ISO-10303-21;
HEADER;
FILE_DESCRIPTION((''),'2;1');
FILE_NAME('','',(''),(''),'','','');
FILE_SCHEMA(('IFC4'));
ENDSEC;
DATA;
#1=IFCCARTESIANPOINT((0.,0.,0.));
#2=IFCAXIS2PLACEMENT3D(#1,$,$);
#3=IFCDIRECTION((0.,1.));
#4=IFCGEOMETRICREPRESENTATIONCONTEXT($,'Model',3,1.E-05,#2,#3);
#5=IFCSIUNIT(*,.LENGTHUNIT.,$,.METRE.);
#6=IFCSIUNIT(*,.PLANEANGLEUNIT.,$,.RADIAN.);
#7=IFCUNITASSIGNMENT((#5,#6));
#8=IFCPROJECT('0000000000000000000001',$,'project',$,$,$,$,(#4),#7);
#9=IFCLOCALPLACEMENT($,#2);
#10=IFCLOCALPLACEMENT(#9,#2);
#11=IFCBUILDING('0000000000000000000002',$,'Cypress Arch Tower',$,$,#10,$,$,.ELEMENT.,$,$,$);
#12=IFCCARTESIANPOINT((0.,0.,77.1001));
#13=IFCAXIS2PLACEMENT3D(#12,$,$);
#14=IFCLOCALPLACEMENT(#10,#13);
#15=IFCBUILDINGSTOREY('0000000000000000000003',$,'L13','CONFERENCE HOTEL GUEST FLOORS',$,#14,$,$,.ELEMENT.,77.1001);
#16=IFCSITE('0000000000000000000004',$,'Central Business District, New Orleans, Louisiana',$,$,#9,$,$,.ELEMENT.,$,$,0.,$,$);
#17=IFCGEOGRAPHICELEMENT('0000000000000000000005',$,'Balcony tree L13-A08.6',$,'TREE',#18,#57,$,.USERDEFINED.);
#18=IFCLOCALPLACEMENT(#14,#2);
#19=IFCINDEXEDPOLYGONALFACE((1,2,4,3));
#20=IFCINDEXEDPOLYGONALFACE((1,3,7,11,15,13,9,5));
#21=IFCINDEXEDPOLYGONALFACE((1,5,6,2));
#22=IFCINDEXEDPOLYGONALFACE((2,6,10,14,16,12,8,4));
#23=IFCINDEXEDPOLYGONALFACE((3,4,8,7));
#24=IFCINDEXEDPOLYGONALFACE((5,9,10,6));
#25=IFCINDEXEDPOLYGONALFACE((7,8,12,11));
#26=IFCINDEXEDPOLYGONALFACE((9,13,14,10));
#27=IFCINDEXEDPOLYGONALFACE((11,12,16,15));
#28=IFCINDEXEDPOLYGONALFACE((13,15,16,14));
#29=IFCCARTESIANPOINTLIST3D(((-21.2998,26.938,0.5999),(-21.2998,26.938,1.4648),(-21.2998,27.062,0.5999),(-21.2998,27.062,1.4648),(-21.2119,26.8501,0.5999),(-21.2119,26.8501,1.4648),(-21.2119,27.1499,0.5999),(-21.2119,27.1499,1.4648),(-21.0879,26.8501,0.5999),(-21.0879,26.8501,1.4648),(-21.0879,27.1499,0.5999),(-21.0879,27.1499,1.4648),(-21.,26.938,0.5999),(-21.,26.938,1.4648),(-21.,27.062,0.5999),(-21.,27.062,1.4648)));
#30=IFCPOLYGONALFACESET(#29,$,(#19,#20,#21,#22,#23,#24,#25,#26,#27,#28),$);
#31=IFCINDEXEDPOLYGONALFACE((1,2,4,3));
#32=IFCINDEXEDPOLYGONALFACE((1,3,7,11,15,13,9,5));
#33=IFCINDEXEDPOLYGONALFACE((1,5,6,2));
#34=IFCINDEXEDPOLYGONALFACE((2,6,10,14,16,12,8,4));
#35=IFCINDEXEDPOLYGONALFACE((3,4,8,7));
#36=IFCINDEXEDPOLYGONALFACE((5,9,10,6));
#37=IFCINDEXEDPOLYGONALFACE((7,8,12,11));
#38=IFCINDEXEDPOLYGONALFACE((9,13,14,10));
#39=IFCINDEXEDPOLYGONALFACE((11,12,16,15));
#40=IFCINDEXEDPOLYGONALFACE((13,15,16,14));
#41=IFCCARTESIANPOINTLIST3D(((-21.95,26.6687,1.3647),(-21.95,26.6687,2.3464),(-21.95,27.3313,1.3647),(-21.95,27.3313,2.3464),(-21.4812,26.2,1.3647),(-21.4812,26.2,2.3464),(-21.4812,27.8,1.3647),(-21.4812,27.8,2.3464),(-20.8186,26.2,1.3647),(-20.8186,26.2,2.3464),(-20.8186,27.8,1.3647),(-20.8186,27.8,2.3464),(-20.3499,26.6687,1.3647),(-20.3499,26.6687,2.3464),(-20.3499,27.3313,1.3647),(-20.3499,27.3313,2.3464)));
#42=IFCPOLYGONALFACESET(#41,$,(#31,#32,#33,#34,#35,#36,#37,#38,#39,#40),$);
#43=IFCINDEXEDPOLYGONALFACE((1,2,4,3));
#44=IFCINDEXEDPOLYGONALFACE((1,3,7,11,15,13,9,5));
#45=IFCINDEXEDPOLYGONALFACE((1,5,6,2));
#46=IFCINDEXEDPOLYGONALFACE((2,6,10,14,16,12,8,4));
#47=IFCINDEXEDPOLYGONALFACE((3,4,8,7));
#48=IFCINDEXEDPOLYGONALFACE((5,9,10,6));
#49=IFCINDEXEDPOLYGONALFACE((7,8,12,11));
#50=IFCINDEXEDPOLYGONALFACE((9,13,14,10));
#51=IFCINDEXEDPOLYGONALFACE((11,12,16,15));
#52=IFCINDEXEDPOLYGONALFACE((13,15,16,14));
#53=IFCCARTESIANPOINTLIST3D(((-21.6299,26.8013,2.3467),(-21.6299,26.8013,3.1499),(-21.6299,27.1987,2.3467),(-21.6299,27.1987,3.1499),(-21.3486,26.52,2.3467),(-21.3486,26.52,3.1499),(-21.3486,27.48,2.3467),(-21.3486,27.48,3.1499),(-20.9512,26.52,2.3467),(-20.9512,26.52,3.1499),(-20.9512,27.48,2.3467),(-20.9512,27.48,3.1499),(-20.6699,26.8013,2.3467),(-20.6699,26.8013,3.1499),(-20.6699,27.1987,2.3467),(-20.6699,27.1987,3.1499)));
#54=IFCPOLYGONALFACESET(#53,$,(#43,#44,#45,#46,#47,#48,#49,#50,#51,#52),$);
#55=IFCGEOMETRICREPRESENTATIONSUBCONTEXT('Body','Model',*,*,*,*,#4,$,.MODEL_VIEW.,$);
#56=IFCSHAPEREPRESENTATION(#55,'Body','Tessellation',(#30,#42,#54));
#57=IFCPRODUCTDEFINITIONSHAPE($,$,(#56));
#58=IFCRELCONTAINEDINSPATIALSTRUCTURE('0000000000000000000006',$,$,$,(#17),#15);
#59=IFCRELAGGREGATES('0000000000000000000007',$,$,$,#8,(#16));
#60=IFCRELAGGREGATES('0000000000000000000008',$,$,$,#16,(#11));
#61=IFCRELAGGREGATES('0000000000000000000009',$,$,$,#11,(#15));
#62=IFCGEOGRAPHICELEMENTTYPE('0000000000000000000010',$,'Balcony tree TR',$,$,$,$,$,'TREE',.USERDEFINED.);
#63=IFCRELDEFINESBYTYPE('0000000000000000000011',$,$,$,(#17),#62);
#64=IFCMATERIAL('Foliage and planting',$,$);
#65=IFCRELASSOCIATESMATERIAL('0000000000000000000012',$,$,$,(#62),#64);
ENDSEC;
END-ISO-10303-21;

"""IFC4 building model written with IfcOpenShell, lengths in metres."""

from ifc_helpers import new_model, si_unit, direction, frame, origin, place, context, subcontext, project, spatial, polyline, outline, extrude, material, type_object, element, save


model = new_model("IFC4")

# Units and contexts
model_context = context("Model", 3, precision=1e-05, world=origin(), true_north=direction((0.0, 1.0)))
body_context = subcontext(model_context, "Body", "Model", "MODEL_VIEW")
ifc_project = project(units=[si_unit("LENGTHUNIT", "METRE"), si_unit("PLANEANGLEUNIT", "RADIAN")], contexts=[model_context])

# Site, building, storey
site_placement = place(None, origin())
site = spatial("IfcSite", under=ifc_project, at=site_placement, Name="Central Business District, New Orleans, Louisiana", CompositionType="ELEMENT", RefElevation=0.0)
building_placement = place(site_placement, origin())
building = spatial("IfcBuilding", under=site, at=building_placement, Name="Cypress Arch Tower", CompositionType="ELEMENT")
storey_placement = place(building_placement, frame((0.0, 0.0, 77.1001)))
storey = spatial("IfcBuildingStorey", under=building, at=storey_placement, Name="L13", Description="CONFERENCE HOTEL GUEST FLOORS", CompositionType="ELEMENT", Elevation=77.1001)

# Geographic element
ifc_material_1 = material(Name="Foliage and planting")
geographic_element_type = type_object("IfcGeographicElementType", Name="Balcony tree TR", ElementType="TREE", PredefinedType="USERDEFINED", material=ifc_material_1)
geographic_element_placement = place(storey_placement, frame((-21.1499, 27.0, 0.5999), z_axis=(0.0, 0.0, 1.0), x_axis=(1.0, 0.0, 0.0)))
element("IfcGeographicElement", 1, at=geographic_element_placement, inside=storey, type_object=geographic_element_type, Name="Balcony tree L13-A08.6", ObjectType="TREE", PredefinedType="USERDEFINED", context=body_context, shape_type="SweptSolid", body=[
    extrude(outline(polyline([(0.1499, 0.062), (0.062, 0.1499), (-0.062, 0.1499), (-0.1499, 0.062), (-0.1499, -0.062), (-0.062, -0.1499), (0.062, -0.1499), (0.1499, -0.062), (0.1499, 0.062)])), origin(), (0.0, 0.0, 1.0), 0.865),
    extrude(outline(polyline([(0.8, 0.3313), (0.3313, 0.8), (-0.3313, 0.8), (-0.8, 0.3313), (-0.8, -0.3313), (-0.3313, -0.8), (0.3313, -0.8), (0.8, -0.3313), (0.8, 0.3313)])), frame((0.0, 0.0, 0.7649)), (0.0, 0.0, 1.0), 0.9817),
    extrude(outline(polyline([(0.48, 0.1987), (0.1987, 0.48), (-0.1987, 0.48), (-0.48, 0.1987), (-0.48, -0.1987), (-0.1987, -0.48), (0.1987, -0.48), (0.48, -0.1987), (0.48, 0.1987)])), frame((0.0, 0.0, 1.7468)), (0.0, 0.0, 1.0), 0.8032),
])

save(model, "model.ifc")
